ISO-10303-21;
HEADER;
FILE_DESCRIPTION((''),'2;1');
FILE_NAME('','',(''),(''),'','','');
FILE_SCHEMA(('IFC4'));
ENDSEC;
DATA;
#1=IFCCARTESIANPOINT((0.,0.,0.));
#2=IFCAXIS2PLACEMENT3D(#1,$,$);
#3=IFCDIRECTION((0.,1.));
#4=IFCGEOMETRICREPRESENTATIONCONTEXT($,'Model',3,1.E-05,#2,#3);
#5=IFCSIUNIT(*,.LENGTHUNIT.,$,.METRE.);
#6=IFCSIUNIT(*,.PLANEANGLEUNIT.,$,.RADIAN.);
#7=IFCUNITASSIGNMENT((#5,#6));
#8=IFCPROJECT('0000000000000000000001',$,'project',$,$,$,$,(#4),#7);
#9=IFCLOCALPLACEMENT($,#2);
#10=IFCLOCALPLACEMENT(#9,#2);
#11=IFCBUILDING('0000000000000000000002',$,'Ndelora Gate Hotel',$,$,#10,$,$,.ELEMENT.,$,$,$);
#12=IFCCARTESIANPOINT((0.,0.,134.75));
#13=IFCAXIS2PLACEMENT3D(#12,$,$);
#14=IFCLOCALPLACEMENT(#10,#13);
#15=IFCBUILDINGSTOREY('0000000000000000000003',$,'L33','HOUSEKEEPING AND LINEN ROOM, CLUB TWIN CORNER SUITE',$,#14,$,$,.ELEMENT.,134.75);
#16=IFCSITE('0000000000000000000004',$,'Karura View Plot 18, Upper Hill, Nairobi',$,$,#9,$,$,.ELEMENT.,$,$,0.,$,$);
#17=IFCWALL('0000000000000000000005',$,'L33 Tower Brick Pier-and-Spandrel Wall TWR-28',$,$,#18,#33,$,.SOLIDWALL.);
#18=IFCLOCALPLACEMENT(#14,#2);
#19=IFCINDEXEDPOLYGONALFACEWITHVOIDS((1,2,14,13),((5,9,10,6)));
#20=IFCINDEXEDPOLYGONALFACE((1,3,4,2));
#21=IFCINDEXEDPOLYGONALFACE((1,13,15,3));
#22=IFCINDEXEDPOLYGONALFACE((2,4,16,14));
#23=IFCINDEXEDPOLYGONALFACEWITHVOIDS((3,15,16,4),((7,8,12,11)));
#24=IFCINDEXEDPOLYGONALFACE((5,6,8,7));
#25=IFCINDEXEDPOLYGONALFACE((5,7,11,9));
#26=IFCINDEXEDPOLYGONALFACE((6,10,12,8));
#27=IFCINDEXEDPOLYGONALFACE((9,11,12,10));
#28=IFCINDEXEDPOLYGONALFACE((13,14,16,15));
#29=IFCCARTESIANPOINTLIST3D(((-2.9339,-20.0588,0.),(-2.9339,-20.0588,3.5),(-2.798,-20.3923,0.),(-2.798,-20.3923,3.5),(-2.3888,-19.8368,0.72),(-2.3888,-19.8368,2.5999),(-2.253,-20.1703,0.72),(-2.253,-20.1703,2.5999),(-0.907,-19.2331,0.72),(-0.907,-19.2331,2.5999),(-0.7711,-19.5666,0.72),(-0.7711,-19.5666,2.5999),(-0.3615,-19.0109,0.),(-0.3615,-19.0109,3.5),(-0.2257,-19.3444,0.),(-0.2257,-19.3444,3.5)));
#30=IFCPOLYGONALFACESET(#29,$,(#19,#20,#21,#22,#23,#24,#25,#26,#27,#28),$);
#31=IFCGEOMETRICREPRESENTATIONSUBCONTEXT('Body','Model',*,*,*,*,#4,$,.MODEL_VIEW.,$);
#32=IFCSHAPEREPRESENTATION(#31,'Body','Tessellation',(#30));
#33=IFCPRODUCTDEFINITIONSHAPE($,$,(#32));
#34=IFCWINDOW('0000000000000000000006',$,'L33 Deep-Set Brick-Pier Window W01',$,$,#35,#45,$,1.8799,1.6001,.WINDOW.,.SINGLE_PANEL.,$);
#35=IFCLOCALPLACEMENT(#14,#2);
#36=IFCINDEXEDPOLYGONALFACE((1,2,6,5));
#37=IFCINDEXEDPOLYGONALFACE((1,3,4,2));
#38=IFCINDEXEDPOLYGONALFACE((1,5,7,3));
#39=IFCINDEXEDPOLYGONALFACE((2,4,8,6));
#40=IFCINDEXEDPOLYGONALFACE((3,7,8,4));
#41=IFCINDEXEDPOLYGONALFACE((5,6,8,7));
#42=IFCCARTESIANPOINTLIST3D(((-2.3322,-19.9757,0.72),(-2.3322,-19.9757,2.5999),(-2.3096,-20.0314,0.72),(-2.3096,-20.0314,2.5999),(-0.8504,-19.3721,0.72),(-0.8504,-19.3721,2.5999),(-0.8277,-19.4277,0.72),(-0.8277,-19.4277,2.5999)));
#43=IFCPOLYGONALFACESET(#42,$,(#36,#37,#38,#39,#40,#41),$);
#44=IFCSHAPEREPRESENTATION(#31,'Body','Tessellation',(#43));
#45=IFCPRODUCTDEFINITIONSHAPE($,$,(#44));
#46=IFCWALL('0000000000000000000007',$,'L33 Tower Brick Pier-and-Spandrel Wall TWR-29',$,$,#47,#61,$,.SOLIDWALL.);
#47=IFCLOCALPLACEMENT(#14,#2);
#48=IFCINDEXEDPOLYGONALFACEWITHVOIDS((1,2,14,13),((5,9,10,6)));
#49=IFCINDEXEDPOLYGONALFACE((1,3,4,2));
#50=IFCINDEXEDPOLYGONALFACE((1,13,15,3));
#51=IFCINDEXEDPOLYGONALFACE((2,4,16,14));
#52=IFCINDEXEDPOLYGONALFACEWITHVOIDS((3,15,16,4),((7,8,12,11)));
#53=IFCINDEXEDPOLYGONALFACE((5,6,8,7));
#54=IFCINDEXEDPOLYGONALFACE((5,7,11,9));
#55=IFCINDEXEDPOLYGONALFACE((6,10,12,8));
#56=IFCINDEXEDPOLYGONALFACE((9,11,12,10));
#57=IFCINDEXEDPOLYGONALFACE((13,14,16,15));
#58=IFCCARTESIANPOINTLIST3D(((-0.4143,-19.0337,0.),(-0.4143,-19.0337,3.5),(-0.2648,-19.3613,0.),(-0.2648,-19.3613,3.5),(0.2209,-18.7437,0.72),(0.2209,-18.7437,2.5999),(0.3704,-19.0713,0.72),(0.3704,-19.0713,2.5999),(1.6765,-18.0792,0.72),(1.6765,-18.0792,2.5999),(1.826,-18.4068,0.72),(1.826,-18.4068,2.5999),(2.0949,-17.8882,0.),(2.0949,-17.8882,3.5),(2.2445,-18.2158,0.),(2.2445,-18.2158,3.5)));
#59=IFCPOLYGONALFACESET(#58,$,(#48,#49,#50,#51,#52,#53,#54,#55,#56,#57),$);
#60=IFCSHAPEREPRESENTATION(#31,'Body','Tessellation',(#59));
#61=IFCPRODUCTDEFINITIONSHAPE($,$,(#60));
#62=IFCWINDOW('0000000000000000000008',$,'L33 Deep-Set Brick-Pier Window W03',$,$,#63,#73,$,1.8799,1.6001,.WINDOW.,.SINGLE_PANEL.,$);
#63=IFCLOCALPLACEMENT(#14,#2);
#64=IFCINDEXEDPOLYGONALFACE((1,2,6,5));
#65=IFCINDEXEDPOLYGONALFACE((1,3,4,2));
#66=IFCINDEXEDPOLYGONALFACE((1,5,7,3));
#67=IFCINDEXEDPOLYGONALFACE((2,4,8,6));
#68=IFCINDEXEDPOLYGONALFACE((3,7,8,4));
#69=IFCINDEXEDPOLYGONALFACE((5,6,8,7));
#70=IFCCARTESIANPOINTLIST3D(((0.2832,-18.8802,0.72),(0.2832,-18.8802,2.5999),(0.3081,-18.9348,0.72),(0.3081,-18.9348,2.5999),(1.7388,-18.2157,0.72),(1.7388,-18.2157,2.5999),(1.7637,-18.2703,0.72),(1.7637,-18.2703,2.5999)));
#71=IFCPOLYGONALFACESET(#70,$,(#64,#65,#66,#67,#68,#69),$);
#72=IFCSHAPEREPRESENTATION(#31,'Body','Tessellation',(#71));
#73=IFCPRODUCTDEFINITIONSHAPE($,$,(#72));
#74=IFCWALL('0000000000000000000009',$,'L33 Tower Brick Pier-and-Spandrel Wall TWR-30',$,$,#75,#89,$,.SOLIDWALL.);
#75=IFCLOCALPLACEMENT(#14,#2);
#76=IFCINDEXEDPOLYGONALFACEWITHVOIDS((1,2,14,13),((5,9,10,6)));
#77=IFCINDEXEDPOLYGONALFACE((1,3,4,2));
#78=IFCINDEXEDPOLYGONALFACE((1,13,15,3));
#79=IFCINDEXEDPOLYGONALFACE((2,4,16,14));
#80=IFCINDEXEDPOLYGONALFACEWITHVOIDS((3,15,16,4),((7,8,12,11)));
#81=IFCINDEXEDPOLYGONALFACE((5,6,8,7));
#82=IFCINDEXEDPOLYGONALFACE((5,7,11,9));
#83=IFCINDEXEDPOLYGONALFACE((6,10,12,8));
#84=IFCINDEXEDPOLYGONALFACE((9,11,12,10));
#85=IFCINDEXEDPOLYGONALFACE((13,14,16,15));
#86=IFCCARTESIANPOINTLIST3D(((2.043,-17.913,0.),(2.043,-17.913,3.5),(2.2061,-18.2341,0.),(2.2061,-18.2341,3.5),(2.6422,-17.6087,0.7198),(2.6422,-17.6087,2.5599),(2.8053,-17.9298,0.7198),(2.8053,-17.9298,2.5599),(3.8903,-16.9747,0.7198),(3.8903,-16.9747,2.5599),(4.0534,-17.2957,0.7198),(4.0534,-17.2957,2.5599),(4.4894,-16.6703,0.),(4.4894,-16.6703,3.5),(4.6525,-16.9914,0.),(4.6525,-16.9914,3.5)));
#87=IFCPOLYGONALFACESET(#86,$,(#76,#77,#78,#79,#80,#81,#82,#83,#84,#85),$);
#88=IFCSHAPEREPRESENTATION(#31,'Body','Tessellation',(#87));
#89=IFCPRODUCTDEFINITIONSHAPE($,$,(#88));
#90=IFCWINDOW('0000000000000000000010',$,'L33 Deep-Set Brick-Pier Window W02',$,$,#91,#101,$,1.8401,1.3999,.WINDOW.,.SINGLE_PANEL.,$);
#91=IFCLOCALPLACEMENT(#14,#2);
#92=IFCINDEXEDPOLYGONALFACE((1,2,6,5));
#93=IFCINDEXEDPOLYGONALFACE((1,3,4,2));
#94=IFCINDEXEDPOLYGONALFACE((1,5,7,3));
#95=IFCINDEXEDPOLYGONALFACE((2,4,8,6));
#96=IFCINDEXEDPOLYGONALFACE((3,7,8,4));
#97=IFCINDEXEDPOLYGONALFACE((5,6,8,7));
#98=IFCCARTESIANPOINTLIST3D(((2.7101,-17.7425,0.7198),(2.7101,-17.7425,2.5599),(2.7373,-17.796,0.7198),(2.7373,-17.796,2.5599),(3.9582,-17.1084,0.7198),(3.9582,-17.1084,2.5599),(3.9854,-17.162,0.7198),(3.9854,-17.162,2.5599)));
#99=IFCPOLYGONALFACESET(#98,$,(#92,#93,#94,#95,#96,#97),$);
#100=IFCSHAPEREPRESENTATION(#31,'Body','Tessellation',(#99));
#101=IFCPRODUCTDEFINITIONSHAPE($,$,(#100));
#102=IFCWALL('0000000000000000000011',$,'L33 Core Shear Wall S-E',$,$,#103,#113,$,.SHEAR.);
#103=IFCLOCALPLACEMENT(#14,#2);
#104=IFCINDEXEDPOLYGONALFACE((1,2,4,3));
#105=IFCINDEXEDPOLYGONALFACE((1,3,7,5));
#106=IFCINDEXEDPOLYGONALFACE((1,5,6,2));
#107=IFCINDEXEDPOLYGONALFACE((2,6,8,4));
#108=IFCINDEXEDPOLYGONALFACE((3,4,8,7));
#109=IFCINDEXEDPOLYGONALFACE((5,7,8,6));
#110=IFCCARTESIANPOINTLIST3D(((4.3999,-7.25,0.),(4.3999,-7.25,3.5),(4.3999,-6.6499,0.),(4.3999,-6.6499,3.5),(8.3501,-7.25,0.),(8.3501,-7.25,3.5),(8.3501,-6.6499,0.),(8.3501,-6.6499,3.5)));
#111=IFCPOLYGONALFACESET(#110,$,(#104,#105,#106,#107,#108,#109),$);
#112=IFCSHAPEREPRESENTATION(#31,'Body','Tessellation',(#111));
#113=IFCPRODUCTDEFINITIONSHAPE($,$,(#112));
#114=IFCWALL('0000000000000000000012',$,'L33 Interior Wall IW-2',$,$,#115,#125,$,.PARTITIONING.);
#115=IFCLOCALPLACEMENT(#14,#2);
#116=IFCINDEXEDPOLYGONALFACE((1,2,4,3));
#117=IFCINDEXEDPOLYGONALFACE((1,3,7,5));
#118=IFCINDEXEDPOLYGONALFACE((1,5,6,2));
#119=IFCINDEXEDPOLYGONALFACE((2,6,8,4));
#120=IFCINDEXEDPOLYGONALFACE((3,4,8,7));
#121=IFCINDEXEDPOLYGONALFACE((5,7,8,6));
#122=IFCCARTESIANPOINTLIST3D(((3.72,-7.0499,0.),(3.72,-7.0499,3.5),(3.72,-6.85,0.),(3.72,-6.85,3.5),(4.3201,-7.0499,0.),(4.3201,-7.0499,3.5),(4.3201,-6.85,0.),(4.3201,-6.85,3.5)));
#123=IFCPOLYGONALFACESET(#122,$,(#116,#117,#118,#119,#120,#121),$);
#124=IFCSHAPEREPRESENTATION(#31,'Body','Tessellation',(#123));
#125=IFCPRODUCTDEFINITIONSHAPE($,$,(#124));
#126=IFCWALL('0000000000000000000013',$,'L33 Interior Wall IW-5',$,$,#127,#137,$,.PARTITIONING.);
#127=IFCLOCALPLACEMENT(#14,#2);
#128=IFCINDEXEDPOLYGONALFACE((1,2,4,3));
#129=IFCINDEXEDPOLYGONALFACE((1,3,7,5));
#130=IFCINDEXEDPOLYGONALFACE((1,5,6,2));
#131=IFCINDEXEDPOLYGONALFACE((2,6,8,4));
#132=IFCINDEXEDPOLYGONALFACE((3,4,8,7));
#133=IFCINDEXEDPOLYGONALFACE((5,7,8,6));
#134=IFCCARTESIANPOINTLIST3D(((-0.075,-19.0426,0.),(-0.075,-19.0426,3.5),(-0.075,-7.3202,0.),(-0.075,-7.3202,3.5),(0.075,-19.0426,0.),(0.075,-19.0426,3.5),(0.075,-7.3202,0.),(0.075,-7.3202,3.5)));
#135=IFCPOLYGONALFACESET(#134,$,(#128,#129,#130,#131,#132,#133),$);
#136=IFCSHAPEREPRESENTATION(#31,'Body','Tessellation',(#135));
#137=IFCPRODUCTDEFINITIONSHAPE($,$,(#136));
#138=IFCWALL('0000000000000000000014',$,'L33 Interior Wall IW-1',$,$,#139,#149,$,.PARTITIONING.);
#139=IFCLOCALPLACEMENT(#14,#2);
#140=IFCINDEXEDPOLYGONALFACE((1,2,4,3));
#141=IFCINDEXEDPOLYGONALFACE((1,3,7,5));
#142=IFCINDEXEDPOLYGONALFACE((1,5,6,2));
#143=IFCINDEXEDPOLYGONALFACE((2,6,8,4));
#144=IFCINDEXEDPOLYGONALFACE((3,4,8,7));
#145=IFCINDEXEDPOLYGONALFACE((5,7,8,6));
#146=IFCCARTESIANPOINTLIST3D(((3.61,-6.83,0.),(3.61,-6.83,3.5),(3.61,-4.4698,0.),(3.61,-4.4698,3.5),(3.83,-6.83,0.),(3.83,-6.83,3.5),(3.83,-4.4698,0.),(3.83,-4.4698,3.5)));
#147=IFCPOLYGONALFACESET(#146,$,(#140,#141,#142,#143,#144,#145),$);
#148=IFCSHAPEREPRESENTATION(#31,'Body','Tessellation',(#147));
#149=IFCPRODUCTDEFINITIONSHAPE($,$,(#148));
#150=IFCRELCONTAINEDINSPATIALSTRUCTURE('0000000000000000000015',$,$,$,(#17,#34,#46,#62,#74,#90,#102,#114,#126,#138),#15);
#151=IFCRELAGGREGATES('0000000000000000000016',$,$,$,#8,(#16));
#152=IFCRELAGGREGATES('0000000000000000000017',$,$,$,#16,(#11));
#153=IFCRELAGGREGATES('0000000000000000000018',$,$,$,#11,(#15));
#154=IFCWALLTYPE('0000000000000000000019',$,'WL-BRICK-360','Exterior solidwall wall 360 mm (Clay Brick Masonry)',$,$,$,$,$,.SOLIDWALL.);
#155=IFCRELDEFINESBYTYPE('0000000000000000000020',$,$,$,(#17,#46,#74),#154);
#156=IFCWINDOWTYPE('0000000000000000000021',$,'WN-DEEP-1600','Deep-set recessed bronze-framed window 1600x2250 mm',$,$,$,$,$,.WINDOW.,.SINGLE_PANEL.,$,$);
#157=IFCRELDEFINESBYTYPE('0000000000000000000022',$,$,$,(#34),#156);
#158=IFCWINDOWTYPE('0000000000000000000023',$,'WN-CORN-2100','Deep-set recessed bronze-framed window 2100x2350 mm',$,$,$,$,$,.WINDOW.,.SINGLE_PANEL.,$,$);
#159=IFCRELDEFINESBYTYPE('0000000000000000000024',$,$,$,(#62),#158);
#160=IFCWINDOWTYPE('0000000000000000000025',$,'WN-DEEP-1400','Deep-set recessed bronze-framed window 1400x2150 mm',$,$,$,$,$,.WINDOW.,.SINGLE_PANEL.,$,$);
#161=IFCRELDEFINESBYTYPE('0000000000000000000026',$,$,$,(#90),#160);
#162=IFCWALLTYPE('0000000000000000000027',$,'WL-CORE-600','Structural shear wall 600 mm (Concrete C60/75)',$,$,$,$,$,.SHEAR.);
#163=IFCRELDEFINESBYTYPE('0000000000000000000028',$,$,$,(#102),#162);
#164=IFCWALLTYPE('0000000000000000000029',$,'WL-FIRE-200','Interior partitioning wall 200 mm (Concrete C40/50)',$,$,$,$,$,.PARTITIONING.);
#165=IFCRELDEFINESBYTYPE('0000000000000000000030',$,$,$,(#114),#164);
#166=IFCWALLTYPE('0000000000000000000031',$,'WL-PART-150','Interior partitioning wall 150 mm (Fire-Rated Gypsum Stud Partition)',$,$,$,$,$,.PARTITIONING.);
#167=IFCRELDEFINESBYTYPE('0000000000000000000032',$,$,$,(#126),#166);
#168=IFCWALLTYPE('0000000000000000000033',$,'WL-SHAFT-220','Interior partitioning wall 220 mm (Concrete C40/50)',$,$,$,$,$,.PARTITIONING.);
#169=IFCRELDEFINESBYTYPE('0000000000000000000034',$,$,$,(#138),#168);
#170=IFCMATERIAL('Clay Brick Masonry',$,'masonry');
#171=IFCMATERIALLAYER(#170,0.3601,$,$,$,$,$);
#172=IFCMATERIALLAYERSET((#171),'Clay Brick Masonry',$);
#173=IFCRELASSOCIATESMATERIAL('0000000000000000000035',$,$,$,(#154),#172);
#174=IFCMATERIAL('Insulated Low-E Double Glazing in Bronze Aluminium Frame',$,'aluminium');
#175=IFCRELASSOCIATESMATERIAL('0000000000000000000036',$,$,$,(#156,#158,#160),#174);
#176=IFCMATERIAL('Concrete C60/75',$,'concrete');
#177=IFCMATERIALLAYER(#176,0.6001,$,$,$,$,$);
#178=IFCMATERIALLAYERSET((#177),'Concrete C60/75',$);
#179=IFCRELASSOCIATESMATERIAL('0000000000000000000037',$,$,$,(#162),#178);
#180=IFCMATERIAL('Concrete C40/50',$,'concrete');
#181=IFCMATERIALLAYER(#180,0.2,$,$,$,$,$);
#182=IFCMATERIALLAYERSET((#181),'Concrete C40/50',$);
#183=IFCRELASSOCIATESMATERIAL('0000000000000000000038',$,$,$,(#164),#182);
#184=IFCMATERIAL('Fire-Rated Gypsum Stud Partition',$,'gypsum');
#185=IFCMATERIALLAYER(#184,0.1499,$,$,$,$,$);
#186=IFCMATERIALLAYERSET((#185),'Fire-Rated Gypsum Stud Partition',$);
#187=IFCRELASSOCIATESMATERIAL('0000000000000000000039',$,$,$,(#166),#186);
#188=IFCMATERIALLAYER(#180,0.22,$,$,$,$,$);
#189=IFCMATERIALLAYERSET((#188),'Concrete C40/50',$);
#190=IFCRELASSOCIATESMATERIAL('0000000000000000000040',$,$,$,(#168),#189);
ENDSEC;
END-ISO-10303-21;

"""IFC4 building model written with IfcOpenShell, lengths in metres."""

from ifc_helpers import new_model, si_unit, direction, frame, frame_2d, origin, place, context, subcontext, project, spatial, rectangle, extrude, material, layer, layer_set, type_object, element, fill, save


model = new_model("IFC4")

# Units and contexts
model_context = context("Model", 3, precision=1e-05, world=origin(), true_north=direction((0.0, 1.0)))
body_context = subcontext(model_context, "Body", "Model", "MODEL_VIEW")
ifc_project = project(units=[si_unit("LENGTHUNIT", "METRE"), si_unit("PLANEANGLEUNIT", "RADIAN")], contexts=[model_context])

# Site, building, storey
site_placement = place(None, origin())
site = spatial("IfcSite", under=ifc_project, at=site_placement, Name="Karura View Plot 18, Upper Hill, Nairobi", CompositionType="ELEMENT", RefElevation=0.0)
building_placement = place(site_placement, origin())
building = spatial("IfcBuilding", under=site, at=building_placement, Name="Ndelora Gate Hotel", CompositionType="ELEMENT")
storey_placement = place(building_placement, frame((0.0, 0.0, 134.75)))
storey = spatial("IfcBuildingStorey", under=building, at=storey_placement, Name="L33", Description="HOUSEKEEPING AND LINEN ROOM, CLUB TWIN CORNER SUITE", CompositionType="ELEMENT", Elevation=134.75)

# Shared definitions
ifc_material_1 = material(Name="Concrete C60/75", Category="concrete")

# Walls, openings, windows
ifc_material_2 = material(Name="Clay Brick Masonry", Category="masonry")
ifc_layer_1 = layer(ifc_material_2, 0.3601)
ifc_layer_set_1 = layer_set([ifc_layer_1], Name="Clay Brick Masonry")
wall_type_1 = type_object("IfcWallType", Name="WL-BRICK-360", Description="Exterior solidwall wall 360 mm (Clay Brick Masonry)", PredefinedType="SOLIDWALL", material=ifc_layer_set_1)
ifc_material_3 = material(Name="Insulated Low-E Double Glazing in Bronze Aluminium Frame", Category="aluminium")
window_type_1 = type_object("IfcWindowType", Name="WN-DEEP-1600", Description="Deep-set recessed bronze-framed window 1600x2250 mm", PartitioningType="SINGLE_PANEL", PredefinedType="WINDOW", material=ifc_material_3)
wall_1_placement = place(storey_placement, frame((-0.2937, -19.1777, 0.0), z_axis=(0.0, 0.0, 1.0), x_axis=(-0.926106, -0.377263, 0.0)))
wall_1 = element("IfcWall", 1, at=wall_1_placement, inside=storey, type_object=wall_type_1, Name="L33 Tower Brick Pier-and-Spandrel Wall TWR-28", PredefinedType="SOLIDWALL", context=body_context, shape_type="SweptSolid", body=[
    extrude(rectangle(XDim=2.7776, YDim=0.3601, at=frame_2d((1.3887, 0.0))), origin(), (0.0, 0.0, 1.0), 3.5),
])
opening_1_placement = place(wall_1_placement, frame((0.5889, 0.0, 0.72)))
opening_1 = element("IfcOpeningElement", 2, at=opening_1_placement, cuts=wall_1, PredefinedType="OPENING", context=body_context, shape_type="SweptSolid", body=[
    extrude(rectangle(XDim=1.6001, YDim=1.8799, at=frame_2d((0.8, 0.9399))), frame((0.0, 0.1899, 0.0), z_axis=(0.0, -1.0, 0.0), x_axis=(1.0, 0.0, 0.0)), (0.0, 0.0, 1.0), 0.3801),
])
window_1_placement = place(opening_1_placement, origin())
window_1 = element("IfcWindow", 3, at=window_1_placement, inside=storey, type_object=window_type_1, Name="L33 Deep-Set Brick-Pier Window W01", OverallHeight=1.8799, OverallWidth=1.6001, PartitioningType="SINGLE_PANEL", PredefinedType="WINDOW", context=body_context, shape_type="SweptSolid", body=[
    extrude(rectangle(XDim=1.6001, YDim=1.8799, at=frame_2d((0.8, 0.9399))), frame((0.0, 0.03, 0.0), z_axis=(0.0, -1.0, 0.0), x_axis=(1.0, 0.0, 0.0)), (0.0, 0.0, 1.0), 0.0601),
])
fill(opening_1, window_1)
wall_2_placement = place(storey_placement, frame((2.1697, -18.052, 0.0), z_axis=(0.0, 0.0, 1.0), x_axis=(-0.909692, -0.415283, 0.0)))
wall_2 = element("IfcWall", 4, at=wall_2_placement, inside=storey, type_object=wall_type_1, Name="L33 Tower Brick Pier-and-Spandrel Wall TWR-29", PredefinedType="SOLIDWALL", context=body_context, shape_type="SweptSolid", body=[
    extrude(rectangle(XDim=2.7583, YDim=0.3601, at=frame_2d((1.3792, 0.0))), origin(), (0.0, 0.0, 1.0), 3.5),
])
opening_2_placement = place(wall_2_placement, frame((0.46, 0.0, 0.72)))
opening_2 = element("IfcOpeningElement", 5, at=opening_2_placement, cuts=wall_2, PredefinedType="OPENING", context=body_context, shape_type="SweptSolid", body=[
    extrude(rectangle(XDim=1.6001, YDim=1.8799, at=frame_2d((0.8, 0.9399))), frame((0.0, 0.1899, 0.0), z_axis=(0.0, -1.0, 0.0), x_axis=(1.0, 0.0, 0.0)), (0.0, 0.0, 1.0), 0.3801),
])
window_type_2 = type_object("IfcWindowType", Name="WN-CORN-2100", Description="Deep-set recessed bronze-framed window 2100x2350 mm", PartitioningType="SINGLE_PANEL", PredefinedType="WINDOW", material=ifc_material_3)
window_2_placement = place(opening_2_placement, origin())
window_2 = element("IfcWindow", 6, at=window_2_placement, inside=storey, type_object=window_type_2, Name="L33 Deep-Set Brick-Pier Window W03", OverallHeight=1.8799, OverallWidth=1.6001, PartitioningType="SINGLE_PANEL", PredefinedType="WINDOW", context=body_context, shape_type="SweptSolid", body=[
    extrude(rectangle(XDim=1.6001, YDim=1.8799, at=frame_2d((0.8, 0.9399))), frame((0.0, 0.03, 0.0), z_axis=(0.0, -1.0, 0.0), x_axis=(1.0, 0.0, 0.0)), (0.0, 0.0, 1.0), 0.0601),
])
fill(opening_2, window_2)
wall_3_placement = place(storey_placement, frame((4.571, -16.8308, 0.0), z_axis=(0.0, 0.0, 1.0), x_axis=(-0.891562, -0.452899, 0.0)))
wall_3 = element("IfcWall", 7, at=wall_3_placement, inside=storey, type_object=wall_type_1, Name="L33 Tower Brick Pier-and-Spandrel Wall TWR-30", PredefinedType="SOLIDWALL", context=body_context, shape_type="SweptSolid", body=[
    extrude(rectangle(XDim=2.7439, YDim=0.3601, at=frame_2d((1.3721, 0.0))), origin(), (0.0, 0.0, 1.0), 3.5),
])
opening_3_placement = place(wall_3_placement, frame((0.6721, 0.0, 0.72)))
opening_3 = element("IfcOpeningElement", 8, at=opening_3_placement, cuts=wall_3, PredefinedType="OPENING", context=body_context, shape_type="SweptSolid", body=[
    extrude(rectangle(XDim=1.3999, YDim=1.8401, at=frame_2d((0.7, 0.9199))), frame((0.0, 0.1899, 0.0), z_axis=(0.0, -1.0, 0.0), x_axis=(1.0, 0.0, 0.0)), (0.0, 0.0, 1.0), 0.3801),
])
window_type_3 = type_object("IfcWindowType", Name="WN-DEEP-1400", Description="Deep-set recessed bronze-framed window 1400x2150 mm", PartitioningType="SINGLE_PANEL", PredefinedType="WINDOW", material=ifc_material_3)
window_3_placement = place(opening_3_placement, origin())
window_3 = element("IfcWindow", 9, at=window_3_placement, inside=storey, type_object=window_type_3, Name="L33 Deep-Set Brick-Pier Window W02", OverallHeight=1.8401, OverallWidth=1.3999, PartitioningType="SINGLE_PANEL", PredefinedType="WINDOW", context=body_context, shape_type="SweptSolid", body=[
    extrude(rectangle(XDim=1.3999, YDim=1.8401, at=frame_2d((0.7, 0.9199))), frame((0.0, 0.03, 0.0), z_axis=(0.0, -1.0, 0.0), x_axis=(1.0, 0.0, 0.0)), (0.0, 0.0, 1.0), 0.0601),
])
fill(opening_3, window_3)

# Walls
ifc_layer_2 = layer(ifc_material_1, 0.6001)
ifc_layer_set_2 = layer_set([ifc_layer_2], Name="Concrete C60/75")
wall_type_2 = type_object("IfcWallType", Name="WL-CORE-600", Description="Structural shear wall 600 mm (Concrete C60/75)", PredefinedType="SHEAR", material=ifc_layer_set_2)
wall_4_placement = place(storey_placement, frame((4.3999, -6.95, 0.0), z_axis=(0.0, 0.0, 1.0), x_axis=(1.0, 0.0, 0.0)))
element("IfcWall", 10, at=wall_4_placement, inside=storey, type_object=wall_type_2, Name="L33 Core Shear Wall S-E", PredefinedType="SHEAR", context=body_context, shape_type="SweptSolid", body=[
    extrude(rectangle(XDim=3.9502, YDim=0.6001, at=frame_2d((1.9751, 0.0))), origin(), (0.0, 0.0, 1.0), 3.5),
])
ifc_material_4 = material(Name="Concrete C40/50", Category="concrete")
ifc_layer_3 = layer(ifc_material_4, 0.2)
ifc_layer_set_3 = layer_set([ifc_layer_3], Name="Concrete C40/50")
wall_type_3 = type_object("IfcWallType", Name="WL-FIRE-200", Description="Interior partitioning wall 200 mm (Concrete C40/50)", PredefinedType="PARTITIONING", material=ifc_layer_set_3)
wall_5_placement = place(storey_placement, frame((3.72, -6.95, 0.0), z_axis=(0.0, 0.0, 1.0), x_axis=(1.0, 0.0, 0.0)))
element("IfcWall", 11, at=wall_5_placement, inside=storey, type_object=wall_type_3, Name="L33 Interior Wall IW-2", PredefinedType="PARTITIONING", context=body_context, shape_type="SweptSolid", body=[
    extrude(rectangle(XDim=0.6001, YDim=0.2, at=frame_2d((0.3, 0.0))), origin(), (0.0, 0.0, 1.0), 3.5),
])
ifc_material_5 = material(Name="Fire-Rated Gypsum Stud Partition", Category="gypsum")
ifc_layer_4 = layer(ifc_material_5, 0.1499)
ifc_layer_set_4 = layer_set([ifc_layer_4], Name="Fire-Rated Gypsum Stud Partition")
wall_type_4 = type_object("IfcWallType", Name="WL-PART-150", Description="Interior partitioning wall 150 mm (Fire-Rated Gypsum Stud Partition)", PredefinedType="PARTITIONING", material=ifc_layer_set_4)
wall_6_placement = place(storey_placement, frame((0.0, -7.3201, 0.0), z_axis=(0.0, 0.0, 1.0), x_axis=(0.0, -1.0, 0.0)))
element("IfcWall", 12, at=wall_6_placement, inside=storey, type_object=wall_type_4, Name="L33 Interior Wall IW-5", PredefinedType="PARTITIONING", context=body_context, shape_type="SweptSolid", body=[
    extrude(rectangle(XDim=11.7224, YDim=0.1499, at=frame_2d((5.8613, 0.0))), origin(), (0.0, 0.0, 1.0), 3.5),
])
ifc_layer_5 = layer(ifc_material_4, 0.22)
ifc_layer_set_5 = layer_set([ifc_layer_5], Name="Concrete C40/50")
wall_type_5 = type_object("IfcWallType", Name="WL-SHAFT-220", Description="Interior partitioning wall 220 mm (Concrete C40/50)", PredefinedType="PARTITIONING", material=ifc_layer_set_5)
wall_7_placement = place(storey_placement, frame((3.72, -6.8301, 0.0), z_axis=(0.0, 0.0, 1.0), x_axis=(0.0, 1.0, 0.0)))
element("IfcWall", 13, at=wall_7_placement, inside=storey, type_object=wall_type_5, Name="L33 Interior Wall IW-1", PredefinedType="PARTITIONING", context=body_context, shape_type="SweptSolid", body=[
    extrude(rectangle(XDim=2.3601, YDim=0.22, at=frame_2d((1.1802, 0.0))), origin(), (0.0, 0.0, 1.0), 3.5),
])

save(model, "model.ifc")
